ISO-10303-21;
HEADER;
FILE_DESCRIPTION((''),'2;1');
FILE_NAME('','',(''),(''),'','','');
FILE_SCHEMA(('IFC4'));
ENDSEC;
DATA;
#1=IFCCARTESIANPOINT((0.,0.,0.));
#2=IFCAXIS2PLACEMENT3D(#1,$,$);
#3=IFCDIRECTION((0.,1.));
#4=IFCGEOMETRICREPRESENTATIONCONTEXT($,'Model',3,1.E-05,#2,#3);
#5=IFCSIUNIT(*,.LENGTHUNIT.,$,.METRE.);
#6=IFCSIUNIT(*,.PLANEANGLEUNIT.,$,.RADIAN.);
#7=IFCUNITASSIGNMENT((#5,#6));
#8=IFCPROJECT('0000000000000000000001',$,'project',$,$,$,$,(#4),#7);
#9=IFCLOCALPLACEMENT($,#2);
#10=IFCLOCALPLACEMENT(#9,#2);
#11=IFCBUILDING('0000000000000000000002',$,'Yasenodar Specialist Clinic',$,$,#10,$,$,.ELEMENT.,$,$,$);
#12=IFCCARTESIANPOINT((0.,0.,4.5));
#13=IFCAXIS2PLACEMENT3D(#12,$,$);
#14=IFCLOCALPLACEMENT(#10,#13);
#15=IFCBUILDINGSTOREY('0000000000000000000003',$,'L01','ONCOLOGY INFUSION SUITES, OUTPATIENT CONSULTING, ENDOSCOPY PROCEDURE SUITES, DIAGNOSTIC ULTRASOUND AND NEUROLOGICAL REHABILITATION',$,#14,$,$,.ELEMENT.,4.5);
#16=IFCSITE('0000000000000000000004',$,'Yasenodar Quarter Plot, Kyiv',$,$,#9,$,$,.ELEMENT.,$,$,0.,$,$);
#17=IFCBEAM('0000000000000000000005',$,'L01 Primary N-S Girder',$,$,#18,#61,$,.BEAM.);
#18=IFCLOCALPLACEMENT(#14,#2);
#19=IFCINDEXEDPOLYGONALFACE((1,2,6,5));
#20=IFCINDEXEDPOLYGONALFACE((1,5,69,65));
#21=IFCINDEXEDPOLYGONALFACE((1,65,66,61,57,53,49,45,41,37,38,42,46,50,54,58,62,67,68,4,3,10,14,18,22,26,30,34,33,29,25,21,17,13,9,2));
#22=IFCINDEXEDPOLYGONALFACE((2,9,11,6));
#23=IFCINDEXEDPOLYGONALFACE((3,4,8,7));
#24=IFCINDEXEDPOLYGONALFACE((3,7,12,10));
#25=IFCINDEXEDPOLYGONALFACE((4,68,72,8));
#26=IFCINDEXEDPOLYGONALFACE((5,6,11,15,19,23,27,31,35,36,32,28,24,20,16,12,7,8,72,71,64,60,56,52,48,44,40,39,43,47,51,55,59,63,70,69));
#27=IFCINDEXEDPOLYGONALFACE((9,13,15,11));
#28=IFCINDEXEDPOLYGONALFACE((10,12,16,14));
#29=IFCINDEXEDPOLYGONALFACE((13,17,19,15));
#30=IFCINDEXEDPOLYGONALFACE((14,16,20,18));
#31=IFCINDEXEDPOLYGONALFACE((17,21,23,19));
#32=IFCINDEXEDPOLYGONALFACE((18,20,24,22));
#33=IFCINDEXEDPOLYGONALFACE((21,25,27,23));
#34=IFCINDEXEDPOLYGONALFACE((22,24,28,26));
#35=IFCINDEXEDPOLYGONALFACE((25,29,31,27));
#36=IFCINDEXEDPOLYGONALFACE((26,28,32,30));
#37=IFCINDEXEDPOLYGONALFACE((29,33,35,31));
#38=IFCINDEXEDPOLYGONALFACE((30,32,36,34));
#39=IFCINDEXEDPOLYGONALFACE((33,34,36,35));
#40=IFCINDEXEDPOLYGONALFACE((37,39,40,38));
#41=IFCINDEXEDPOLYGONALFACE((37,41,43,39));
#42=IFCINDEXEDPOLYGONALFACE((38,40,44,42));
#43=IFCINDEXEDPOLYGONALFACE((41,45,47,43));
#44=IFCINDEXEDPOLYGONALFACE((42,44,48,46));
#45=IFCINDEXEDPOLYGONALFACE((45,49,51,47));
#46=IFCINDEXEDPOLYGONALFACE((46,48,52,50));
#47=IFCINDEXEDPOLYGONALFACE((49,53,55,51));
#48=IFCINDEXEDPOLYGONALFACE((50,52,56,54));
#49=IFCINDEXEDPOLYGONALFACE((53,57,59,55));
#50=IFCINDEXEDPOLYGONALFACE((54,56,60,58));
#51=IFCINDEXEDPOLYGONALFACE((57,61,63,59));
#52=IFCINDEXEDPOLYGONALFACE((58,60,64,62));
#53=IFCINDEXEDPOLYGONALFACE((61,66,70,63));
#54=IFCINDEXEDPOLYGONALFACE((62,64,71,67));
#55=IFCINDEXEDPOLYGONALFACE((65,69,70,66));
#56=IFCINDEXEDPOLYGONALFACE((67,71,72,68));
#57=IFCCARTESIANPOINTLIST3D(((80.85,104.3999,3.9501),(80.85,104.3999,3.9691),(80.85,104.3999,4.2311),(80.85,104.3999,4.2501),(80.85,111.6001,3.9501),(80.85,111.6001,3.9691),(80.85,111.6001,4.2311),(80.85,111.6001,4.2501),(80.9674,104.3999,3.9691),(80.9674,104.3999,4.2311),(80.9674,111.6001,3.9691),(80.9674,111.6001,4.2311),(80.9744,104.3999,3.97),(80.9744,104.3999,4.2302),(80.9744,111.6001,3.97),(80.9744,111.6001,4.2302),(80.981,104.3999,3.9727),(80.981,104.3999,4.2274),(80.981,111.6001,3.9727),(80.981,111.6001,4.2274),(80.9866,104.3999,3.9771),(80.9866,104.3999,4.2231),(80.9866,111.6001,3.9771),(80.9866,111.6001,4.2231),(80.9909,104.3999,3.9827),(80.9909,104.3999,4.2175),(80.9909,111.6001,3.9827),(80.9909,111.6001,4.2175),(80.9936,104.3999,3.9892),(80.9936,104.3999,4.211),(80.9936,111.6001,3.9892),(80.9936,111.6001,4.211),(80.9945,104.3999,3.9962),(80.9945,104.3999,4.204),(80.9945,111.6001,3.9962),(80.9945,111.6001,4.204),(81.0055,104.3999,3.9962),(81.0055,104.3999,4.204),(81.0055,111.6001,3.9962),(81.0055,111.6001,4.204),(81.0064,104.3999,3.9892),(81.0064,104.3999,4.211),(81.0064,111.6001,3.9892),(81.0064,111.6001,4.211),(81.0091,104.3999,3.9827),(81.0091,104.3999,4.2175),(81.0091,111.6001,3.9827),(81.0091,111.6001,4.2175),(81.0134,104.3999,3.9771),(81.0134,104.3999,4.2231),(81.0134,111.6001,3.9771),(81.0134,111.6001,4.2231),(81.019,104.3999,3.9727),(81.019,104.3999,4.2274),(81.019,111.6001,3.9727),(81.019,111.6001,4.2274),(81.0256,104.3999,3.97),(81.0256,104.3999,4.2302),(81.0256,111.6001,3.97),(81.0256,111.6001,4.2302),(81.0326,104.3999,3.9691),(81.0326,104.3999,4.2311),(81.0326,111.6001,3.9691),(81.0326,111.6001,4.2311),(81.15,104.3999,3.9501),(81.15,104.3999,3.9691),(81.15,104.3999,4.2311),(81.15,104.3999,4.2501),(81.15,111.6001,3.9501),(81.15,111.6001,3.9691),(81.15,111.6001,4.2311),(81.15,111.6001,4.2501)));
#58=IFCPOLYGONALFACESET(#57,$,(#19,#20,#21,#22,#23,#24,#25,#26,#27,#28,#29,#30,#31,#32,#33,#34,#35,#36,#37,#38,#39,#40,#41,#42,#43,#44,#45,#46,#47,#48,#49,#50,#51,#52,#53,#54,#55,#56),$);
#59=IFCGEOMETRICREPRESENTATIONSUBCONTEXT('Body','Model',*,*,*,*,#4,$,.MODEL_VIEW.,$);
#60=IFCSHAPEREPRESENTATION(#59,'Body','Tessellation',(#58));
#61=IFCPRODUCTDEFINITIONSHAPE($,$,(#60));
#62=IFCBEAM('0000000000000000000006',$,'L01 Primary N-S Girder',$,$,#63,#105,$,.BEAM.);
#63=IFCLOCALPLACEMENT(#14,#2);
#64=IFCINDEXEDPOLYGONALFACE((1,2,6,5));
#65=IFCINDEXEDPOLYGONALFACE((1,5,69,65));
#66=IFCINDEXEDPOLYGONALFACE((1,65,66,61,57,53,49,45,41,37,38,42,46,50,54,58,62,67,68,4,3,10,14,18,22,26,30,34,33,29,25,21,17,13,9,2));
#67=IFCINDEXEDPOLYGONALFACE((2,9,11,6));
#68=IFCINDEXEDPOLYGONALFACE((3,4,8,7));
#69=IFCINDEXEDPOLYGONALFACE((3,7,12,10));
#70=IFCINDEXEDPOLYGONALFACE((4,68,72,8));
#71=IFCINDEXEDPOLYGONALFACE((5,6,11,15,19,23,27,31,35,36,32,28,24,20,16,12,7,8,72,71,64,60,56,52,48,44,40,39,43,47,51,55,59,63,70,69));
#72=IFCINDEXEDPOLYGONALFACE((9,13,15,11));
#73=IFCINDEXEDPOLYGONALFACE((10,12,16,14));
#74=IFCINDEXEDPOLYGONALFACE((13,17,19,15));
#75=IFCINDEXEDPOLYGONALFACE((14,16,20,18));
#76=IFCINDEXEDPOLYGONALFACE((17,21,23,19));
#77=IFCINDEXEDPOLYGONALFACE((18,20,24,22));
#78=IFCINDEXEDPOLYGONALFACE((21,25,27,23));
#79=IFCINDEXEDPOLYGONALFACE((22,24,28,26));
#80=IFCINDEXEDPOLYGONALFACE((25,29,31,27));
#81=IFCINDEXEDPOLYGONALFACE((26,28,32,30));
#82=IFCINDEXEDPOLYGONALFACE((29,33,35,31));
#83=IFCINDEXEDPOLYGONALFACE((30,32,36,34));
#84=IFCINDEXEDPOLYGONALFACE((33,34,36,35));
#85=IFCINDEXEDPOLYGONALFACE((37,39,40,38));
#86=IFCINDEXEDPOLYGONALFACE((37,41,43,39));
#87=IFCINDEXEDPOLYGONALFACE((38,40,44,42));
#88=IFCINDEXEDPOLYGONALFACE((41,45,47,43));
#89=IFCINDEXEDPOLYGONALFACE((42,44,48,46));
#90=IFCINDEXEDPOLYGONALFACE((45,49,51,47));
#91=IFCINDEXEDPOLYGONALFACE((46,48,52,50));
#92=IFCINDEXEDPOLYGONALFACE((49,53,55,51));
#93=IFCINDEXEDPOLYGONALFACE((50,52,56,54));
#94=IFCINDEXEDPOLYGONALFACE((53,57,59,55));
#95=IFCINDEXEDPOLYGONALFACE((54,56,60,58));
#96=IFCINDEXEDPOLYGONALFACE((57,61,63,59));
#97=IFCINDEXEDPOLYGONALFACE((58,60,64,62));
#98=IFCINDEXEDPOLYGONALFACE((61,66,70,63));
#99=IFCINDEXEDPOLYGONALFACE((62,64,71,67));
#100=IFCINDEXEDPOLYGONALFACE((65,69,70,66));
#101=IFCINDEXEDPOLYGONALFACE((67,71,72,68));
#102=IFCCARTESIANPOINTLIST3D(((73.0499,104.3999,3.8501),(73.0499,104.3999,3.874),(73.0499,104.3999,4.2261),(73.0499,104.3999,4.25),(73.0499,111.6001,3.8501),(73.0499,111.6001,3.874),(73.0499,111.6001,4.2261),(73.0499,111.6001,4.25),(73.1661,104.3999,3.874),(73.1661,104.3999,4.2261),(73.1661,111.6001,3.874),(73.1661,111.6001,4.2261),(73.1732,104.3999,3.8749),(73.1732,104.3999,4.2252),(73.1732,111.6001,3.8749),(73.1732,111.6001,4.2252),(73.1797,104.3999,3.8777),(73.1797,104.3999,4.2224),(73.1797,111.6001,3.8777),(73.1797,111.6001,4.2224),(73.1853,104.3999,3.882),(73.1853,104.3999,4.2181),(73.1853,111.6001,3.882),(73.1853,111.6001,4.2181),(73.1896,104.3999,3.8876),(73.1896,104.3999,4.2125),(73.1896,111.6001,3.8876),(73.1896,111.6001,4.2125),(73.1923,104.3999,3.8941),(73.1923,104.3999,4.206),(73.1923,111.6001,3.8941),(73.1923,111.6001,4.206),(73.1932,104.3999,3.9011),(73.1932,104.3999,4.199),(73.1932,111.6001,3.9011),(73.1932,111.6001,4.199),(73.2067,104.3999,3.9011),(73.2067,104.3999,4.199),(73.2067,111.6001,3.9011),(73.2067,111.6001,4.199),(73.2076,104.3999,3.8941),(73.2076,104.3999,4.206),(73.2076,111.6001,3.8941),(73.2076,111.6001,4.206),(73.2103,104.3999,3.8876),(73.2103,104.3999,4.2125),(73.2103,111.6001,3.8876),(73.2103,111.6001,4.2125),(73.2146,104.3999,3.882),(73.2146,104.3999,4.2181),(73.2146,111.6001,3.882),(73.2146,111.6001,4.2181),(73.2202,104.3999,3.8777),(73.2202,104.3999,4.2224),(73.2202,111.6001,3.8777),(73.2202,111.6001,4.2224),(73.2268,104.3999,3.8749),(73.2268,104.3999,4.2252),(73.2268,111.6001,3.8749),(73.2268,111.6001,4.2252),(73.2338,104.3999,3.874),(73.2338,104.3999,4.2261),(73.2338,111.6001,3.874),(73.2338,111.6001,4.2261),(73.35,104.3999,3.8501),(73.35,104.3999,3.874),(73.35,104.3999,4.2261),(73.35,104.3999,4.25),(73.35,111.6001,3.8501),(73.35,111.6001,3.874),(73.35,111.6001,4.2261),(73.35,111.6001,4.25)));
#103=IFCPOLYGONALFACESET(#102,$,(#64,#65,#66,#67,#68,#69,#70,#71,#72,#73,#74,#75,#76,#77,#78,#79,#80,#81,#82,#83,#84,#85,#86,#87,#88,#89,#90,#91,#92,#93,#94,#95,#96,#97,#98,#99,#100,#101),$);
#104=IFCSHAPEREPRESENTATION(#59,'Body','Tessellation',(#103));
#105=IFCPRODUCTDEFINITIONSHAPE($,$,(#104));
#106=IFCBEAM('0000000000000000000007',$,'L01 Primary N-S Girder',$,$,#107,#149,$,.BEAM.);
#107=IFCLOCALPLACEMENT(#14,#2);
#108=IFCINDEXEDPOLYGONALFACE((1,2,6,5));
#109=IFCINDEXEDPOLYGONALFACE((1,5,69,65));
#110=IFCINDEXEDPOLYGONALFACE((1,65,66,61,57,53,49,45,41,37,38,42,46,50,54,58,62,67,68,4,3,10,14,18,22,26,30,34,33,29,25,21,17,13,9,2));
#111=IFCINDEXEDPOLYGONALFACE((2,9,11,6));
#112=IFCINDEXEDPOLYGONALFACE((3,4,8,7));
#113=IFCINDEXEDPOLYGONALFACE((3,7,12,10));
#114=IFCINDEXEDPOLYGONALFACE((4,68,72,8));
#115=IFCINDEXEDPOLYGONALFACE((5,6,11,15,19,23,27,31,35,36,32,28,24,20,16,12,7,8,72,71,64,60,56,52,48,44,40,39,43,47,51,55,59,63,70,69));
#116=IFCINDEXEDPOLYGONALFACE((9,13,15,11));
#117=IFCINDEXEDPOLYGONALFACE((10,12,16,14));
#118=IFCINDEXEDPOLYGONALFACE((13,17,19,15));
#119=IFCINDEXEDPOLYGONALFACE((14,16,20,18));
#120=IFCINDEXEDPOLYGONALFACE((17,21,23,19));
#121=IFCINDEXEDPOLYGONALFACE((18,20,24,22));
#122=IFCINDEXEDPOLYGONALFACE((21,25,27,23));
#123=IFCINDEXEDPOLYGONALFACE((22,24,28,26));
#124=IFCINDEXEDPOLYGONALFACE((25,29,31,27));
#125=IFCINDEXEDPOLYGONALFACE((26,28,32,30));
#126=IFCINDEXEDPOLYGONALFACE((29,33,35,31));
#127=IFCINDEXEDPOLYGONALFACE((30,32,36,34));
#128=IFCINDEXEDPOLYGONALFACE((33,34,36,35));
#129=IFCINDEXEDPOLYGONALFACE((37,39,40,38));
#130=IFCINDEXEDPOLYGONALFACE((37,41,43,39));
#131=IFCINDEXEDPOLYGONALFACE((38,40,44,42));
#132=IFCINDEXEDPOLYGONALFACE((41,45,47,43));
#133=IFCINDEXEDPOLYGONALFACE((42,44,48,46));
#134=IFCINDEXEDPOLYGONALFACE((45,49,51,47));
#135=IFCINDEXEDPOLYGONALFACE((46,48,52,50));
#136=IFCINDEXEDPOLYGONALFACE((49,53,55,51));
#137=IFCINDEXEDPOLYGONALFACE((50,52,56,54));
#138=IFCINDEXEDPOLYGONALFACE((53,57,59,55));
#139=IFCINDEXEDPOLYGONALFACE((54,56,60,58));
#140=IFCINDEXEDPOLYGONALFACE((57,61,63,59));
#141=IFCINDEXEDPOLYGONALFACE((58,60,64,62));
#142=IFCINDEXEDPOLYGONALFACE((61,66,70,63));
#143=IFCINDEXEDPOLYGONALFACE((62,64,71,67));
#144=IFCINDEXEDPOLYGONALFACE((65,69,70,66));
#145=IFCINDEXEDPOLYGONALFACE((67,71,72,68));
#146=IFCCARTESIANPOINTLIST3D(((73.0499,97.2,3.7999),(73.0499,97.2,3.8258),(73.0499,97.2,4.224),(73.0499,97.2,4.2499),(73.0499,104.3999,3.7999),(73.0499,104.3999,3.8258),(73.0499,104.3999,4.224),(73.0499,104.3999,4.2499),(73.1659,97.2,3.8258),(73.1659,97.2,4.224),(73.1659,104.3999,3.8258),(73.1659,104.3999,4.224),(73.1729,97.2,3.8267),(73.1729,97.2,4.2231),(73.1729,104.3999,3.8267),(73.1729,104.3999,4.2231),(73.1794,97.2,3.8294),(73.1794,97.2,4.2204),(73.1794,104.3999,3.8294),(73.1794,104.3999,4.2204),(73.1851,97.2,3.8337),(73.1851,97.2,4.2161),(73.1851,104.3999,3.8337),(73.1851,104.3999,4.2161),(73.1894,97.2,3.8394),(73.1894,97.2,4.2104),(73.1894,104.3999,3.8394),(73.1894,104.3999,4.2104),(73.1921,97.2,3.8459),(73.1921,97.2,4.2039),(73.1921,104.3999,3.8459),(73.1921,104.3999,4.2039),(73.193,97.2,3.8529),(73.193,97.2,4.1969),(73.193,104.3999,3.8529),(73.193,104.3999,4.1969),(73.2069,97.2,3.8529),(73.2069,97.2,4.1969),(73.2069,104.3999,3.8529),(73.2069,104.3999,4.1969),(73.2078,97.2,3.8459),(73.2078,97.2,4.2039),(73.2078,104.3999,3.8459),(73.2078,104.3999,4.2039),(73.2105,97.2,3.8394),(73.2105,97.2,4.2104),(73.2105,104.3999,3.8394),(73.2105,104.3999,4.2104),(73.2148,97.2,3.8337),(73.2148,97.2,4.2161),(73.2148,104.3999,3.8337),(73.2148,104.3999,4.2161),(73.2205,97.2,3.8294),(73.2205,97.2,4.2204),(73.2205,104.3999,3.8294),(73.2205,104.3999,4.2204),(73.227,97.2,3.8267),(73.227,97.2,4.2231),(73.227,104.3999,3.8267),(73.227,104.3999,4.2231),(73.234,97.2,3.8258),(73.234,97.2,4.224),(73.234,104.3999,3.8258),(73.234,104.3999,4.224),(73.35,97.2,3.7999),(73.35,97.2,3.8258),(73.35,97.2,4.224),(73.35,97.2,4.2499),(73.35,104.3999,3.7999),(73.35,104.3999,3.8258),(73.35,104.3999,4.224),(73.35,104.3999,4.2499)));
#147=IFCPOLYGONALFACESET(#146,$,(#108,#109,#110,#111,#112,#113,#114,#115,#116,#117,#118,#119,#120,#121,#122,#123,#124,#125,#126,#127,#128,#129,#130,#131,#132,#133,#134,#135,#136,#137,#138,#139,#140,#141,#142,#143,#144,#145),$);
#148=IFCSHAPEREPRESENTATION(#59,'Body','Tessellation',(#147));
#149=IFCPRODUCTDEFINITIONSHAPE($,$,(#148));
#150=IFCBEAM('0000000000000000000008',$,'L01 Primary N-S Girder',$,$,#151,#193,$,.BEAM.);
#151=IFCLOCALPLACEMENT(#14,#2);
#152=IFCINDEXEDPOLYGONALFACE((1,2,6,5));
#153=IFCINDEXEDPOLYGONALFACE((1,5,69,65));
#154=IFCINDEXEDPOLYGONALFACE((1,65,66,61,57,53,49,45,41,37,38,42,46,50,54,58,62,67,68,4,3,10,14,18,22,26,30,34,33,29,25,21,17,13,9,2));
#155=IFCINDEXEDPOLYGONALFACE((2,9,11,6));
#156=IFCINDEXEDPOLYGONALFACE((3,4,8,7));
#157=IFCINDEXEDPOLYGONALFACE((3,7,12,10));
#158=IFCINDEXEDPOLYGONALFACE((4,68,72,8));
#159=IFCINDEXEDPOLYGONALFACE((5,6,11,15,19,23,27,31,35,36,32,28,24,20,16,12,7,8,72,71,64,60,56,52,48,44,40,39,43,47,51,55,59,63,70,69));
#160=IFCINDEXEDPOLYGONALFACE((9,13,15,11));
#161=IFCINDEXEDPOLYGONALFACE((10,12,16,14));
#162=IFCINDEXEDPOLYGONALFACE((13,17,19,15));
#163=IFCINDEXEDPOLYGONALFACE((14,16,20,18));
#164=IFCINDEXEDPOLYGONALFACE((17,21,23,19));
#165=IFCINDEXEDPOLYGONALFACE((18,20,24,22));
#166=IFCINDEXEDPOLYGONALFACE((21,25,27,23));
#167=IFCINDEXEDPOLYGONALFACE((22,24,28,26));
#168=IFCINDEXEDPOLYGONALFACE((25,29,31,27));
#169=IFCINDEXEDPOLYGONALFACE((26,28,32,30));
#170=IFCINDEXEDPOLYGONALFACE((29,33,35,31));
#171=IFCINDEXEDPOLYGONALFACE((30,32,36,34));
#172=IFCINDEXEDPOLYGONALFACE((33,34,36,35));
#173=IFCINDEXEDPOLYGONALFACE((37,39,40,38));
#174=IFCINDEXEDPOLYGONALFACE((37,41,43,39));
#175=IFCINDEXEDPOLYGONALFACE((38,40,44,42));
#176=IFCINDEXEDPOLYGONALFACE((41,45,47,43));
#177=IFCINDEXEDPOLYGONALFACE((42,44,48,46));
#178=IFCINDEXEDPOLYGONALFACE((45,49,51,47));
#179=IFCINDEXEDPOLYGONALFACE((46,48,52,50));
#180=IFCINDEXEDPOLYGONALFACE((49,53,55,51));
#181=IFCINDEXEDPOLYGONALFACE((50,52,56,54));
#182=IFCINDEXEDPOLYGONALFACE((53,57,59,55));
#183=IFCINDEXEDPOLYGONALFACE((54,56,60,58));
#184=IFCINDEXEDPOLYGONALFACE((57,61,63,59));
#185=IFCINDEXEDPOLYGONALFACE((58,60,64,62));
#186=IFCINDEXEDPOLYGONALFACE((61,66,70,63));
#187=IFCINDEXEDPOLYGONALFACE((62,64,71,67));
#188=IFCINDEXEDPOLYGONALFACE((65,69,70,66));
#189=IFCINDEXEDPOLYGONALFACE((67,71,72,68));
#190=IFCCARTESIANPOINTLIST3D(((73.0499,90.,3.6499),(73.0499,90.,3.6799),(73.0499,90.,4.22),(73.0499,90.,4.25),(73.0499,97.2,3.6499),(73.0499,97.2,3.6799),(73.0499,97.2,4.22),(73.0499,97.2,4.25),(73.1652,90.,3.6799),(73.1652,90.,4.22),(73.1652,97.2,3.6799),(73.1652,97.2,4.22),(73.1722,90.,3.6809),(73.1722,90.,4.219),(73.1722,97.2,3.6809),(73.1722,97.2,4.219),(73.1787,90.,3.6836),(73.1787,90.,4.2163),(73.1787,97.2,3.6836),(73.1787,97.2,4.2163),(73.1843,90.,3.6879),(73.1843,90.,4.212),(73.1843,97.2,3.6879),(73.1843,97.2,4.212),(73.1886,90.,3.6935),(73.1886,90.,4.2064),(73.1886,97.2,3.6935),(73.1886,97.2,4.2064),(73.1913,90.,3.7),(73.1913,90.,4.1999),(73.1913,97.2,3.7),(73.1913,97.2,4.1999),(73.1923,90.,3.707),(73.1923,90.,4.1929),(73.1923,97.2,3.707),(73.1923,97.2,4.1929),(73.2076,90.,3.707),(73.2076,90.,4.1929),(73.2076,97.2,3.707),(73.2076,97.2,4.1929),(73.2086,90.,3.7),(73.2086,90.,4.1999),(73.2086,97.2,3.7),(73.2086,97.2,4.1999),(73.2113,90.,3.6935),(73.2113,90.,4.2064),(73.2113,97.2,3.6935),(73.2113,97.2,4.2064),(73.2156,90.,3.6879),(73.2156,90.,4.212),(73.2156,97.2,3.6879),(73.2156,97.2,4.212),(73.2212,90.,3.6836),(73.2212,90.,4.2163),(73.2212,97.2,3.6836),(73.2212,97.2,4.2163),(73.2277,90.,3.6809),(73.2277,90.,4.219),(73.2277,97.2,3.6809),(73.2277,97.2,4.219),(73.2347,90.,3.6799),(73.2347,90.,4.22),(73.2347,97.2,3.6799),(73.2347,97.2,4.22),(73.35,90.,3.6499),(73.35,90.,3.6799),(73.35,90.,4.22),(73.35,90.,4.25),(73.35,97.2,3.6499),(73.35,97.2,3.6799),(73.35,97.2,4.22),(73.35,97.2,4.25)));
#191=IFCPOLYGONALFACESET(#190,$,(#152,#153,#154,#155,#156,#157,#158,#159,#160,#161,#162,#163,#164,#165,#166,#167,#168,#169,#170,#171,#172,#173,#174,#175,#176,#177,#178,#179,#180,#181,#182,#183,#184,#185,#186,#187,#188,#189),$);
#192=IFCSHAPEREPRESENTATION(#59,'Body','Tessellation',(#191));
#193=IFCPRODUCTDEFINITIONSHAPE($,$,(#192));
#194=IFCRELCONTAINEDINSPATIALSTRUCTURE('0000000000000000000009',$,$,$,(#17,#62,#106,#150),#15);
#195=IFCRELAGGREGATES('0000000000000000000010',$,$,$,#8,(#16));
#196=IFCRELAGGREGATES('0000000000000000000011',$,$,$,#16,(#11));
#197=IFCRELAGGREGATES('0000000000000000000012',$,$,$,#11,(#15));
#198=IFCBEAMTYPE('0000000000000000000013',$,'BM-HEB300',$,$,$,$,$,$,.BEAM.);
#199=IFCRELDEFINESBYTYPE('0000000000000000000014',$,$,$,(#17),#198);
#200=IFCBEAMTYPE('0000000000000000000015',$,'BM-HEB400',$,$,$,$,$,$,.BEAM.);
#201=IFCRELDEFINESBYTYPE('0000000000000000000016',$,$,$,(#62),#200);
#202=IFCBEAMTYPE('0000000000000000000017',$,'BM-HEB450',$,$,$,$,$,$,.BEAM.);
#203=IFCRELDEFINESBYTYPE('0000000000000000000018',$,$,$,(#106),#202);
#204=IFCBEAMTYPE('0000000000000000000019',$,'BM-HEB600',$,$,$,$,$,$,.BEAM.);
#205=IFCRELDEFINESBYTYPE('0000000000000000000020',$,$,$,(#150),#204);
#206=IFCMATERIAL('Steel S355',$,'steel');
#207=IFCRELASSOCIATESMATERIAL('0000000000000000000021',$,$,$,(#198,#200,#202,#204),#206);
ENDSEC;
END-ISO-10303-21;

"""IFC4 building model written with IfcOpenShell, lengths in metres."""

from ifc_helpers import new_model, si_unit, direction, frame, origin, origin_2d, place, context, subcontext, project, spatial, i_section, extrude, material, material_profile, profile_set, type_object, element, save


model = new_model("IFC4")

# Units and contexts
model_context = context("Model", 3, precision=1e-05, world=origin(), true_north=direction((0.0, 1.0)))
body_context = subcontext(model_context, "Body", "Model", "MODEL_VIEW")
ifc_project = project(units=[si_unit("LENGTHUNIT", "METRE"), si_unit("PLANEANGLEUNIT", "RADIAN")], contexts=[model_context])

# Site, building, storey
site_placement = place(None, origin())
site = spatial("IfcSite", under=ifc_project, at=site_placement, Name="Yasenodar Quarter Plot, Kyiv", CompositionType="ELEMENT", RefElevation=0.0)
building_placement = place(site_placement, origin())
building = spatial("IfcBuilding", under=site, at=building_placement, Name="Yasenodar Specialist Clinic", CompositionType="ELEMENT")
storey_placement = place(building_placement, frame((0.0, 0.0, 4.5)))
storey = spatial("IfcBuildingStorey", under=building, at=storey_placement, Name="L01", Description="ONCOLOGY INFUSION SUITES, OUTPATIENT CONSULTING, ENDOSCOPY PROCEDURE SUITES, DIAGNOSTIC ULTRASOUND AND NEUROLOGICAL REHABILITATION", CompositionType="ELEMENT", Elevation=4.5)

# Shared definitions
ifc_material_1 = material(Name="Steel S355", Category="steel")

# Beams
ifc_material_profile_1 = material_profile(ifc_material_1, i_section(OverallWidth=0.3, OverallDepth=0.3, WebThickness=0.011, FlangeThickness=0.019, FilletRadius=0.0271, at=origin_2d()), Name="HEB 300")
ifc_profile_set_1 = profile_set([ifc_material_profile_1], Name="Steel S355")
beam_type_1 = type_object("IfcBeamType", Name="BM-HEB300", PredefinedType="BEAM", material=ifc_profile_set_1)
beam_1_placement = place(storey_placement, frame((81.0, 104.3999, 4.1001), z_axis=(0.0, 1.0, 0.0), x_axis=(-1.0, 0.0, 0.0)))
element("IfcBeam", 1, at=beam_1_placement, inside=storey, type_object=beam_type_1, Name="L01 Primary N-S Girder", PredefinedType="BEAM", context=body_context, shape_type="SweptSolid", body=[
    extrude(i_section(OverallWidth=0.3, OverallDepth=0.3, WebThickness=0.011, FlangeThickness=0.019, FilletRadius=0.0271, at=origin_2d()), origin(), (0.0, 0.0, 1.0), 7.2002),
])
ifc_material_profile_2 = material_profile(ifc_material_1, i_section(OverallWidth=0.3, OverallDepth=0.3999, WebThickness=0.0134, FlangeThickness=0.0239, FilletRadius=0.0271, at=origin_2d()), Name="HEB 400")
ifc_profile_set_2 = profile_set([ifc_material_profile_2], Name="Steel S355")
beam_type_2 = type_object("IfcBeamType", Name="BM-HEB400", PredefinedType="BEAM", material=ifc_profile_set_2)
beam_2_placement = place(storey_placement, frame((73.2, 104.3999, 4.05), z_axis=(0.0, 1.0, 0.0), x_axis=(-1.0, 0.0, 0.0)))
element("IfcBeam", 2, at=beam_2_placement, inside=storey, type_object=beam_type_2, Name="L01 Primary N-S Girder", PredefinedType="BEAM", context=body_context, shape_type="SweptSolid", body=[
    extrude(i_section(OverallWidth=0.3, OverallDepth=0.3999, WebThickness=0.0134, FlangeThickness=0.0239, FilletRadius=0.0271, at=origin_2d()), origin(), (0.0, 0.0, 1.0), 7.2002),
])
ifc_material_profile_3 = material_profile(ifc_material_1, i_section(OverallWidth=0.3, OverallDepth=0.45, WebThickness=0.0139, FlangeThickness=0.0259, FilletRadius=0.0271, at=origin_2d()), Name="HEB 450")
ifc_profile_set_3 = profile_set([ifc_material_profile_3], Name="Steel S355")
beam_type_3 = type_object("IfcBeamType", Name="BM-HEB450", PredefinedType="BEAM", material=ifc_profile_set_3)
beam_3_placement = place(storey_placement, frame((73.2, 97.2, 4.0249), z_axis=(0.0, 1.0, 0.0), x_axis=(-1.0, 0.0, 0.0)))
element("IfcBeam", 3, at=beam_3_placement, inside=storey, type_object=beam_type_3, Name="L01 Primary N-S Girder", PredefinedType="BEAM", context=body_context, shape_type="SweptSolid", body=[
    extrude(i_section(OverallWidth=0.3, OverallDepth=0.45, WebThickness=0.0139, FlangeThickness=0.0259, FilletRadius=0.0271, at=origin_2d()), origin(), (0.0, 0.0, 1.0), 7.2),
])
ifc_material_profile_4 = material_profile(ifc_material_1, i_section(OverallWidth=0.3, OverallDepth=0.6001, WebThickness=0.0154, FlangeThickness=0.03, FilletRadius=0.0271, at=origin_2d()), Name="HEB 600")
ifc_profile_set_4 = profile_set([ifc_material_profile_4], Name="Steel S355")
beam_type_4 = type_object("IfcBeamType", Name="BM-HEB600", PredefinedType="BEAM", material=ifc_profile_set_4)
beam_4_placement = place(storey_placement, frame((73.2, 90.0, 3.95), z_axis=(0.0, 1.0, 0.0), x_axis=(-1.0, 0.0, 0.0)))
element("IfcBeam", 4, at=beam_4_placement, inside=storey, type_object=beam_type_4, Name="L01 Primary N-S Girder", PredefinedType="BEAM", context=body_context, shape_type="SweptSolid", body=[
    extrude(i_section(OverallWidth=0.3, OverallDepth=0.6001, WebThickness=0.0154, FlangeThickness=0.03, FilletRadius=0.0271, at=origin_2d()), origin(), (0.0, 0.0, 1.0), 7.2),
])

save(model, "model.ifc")
